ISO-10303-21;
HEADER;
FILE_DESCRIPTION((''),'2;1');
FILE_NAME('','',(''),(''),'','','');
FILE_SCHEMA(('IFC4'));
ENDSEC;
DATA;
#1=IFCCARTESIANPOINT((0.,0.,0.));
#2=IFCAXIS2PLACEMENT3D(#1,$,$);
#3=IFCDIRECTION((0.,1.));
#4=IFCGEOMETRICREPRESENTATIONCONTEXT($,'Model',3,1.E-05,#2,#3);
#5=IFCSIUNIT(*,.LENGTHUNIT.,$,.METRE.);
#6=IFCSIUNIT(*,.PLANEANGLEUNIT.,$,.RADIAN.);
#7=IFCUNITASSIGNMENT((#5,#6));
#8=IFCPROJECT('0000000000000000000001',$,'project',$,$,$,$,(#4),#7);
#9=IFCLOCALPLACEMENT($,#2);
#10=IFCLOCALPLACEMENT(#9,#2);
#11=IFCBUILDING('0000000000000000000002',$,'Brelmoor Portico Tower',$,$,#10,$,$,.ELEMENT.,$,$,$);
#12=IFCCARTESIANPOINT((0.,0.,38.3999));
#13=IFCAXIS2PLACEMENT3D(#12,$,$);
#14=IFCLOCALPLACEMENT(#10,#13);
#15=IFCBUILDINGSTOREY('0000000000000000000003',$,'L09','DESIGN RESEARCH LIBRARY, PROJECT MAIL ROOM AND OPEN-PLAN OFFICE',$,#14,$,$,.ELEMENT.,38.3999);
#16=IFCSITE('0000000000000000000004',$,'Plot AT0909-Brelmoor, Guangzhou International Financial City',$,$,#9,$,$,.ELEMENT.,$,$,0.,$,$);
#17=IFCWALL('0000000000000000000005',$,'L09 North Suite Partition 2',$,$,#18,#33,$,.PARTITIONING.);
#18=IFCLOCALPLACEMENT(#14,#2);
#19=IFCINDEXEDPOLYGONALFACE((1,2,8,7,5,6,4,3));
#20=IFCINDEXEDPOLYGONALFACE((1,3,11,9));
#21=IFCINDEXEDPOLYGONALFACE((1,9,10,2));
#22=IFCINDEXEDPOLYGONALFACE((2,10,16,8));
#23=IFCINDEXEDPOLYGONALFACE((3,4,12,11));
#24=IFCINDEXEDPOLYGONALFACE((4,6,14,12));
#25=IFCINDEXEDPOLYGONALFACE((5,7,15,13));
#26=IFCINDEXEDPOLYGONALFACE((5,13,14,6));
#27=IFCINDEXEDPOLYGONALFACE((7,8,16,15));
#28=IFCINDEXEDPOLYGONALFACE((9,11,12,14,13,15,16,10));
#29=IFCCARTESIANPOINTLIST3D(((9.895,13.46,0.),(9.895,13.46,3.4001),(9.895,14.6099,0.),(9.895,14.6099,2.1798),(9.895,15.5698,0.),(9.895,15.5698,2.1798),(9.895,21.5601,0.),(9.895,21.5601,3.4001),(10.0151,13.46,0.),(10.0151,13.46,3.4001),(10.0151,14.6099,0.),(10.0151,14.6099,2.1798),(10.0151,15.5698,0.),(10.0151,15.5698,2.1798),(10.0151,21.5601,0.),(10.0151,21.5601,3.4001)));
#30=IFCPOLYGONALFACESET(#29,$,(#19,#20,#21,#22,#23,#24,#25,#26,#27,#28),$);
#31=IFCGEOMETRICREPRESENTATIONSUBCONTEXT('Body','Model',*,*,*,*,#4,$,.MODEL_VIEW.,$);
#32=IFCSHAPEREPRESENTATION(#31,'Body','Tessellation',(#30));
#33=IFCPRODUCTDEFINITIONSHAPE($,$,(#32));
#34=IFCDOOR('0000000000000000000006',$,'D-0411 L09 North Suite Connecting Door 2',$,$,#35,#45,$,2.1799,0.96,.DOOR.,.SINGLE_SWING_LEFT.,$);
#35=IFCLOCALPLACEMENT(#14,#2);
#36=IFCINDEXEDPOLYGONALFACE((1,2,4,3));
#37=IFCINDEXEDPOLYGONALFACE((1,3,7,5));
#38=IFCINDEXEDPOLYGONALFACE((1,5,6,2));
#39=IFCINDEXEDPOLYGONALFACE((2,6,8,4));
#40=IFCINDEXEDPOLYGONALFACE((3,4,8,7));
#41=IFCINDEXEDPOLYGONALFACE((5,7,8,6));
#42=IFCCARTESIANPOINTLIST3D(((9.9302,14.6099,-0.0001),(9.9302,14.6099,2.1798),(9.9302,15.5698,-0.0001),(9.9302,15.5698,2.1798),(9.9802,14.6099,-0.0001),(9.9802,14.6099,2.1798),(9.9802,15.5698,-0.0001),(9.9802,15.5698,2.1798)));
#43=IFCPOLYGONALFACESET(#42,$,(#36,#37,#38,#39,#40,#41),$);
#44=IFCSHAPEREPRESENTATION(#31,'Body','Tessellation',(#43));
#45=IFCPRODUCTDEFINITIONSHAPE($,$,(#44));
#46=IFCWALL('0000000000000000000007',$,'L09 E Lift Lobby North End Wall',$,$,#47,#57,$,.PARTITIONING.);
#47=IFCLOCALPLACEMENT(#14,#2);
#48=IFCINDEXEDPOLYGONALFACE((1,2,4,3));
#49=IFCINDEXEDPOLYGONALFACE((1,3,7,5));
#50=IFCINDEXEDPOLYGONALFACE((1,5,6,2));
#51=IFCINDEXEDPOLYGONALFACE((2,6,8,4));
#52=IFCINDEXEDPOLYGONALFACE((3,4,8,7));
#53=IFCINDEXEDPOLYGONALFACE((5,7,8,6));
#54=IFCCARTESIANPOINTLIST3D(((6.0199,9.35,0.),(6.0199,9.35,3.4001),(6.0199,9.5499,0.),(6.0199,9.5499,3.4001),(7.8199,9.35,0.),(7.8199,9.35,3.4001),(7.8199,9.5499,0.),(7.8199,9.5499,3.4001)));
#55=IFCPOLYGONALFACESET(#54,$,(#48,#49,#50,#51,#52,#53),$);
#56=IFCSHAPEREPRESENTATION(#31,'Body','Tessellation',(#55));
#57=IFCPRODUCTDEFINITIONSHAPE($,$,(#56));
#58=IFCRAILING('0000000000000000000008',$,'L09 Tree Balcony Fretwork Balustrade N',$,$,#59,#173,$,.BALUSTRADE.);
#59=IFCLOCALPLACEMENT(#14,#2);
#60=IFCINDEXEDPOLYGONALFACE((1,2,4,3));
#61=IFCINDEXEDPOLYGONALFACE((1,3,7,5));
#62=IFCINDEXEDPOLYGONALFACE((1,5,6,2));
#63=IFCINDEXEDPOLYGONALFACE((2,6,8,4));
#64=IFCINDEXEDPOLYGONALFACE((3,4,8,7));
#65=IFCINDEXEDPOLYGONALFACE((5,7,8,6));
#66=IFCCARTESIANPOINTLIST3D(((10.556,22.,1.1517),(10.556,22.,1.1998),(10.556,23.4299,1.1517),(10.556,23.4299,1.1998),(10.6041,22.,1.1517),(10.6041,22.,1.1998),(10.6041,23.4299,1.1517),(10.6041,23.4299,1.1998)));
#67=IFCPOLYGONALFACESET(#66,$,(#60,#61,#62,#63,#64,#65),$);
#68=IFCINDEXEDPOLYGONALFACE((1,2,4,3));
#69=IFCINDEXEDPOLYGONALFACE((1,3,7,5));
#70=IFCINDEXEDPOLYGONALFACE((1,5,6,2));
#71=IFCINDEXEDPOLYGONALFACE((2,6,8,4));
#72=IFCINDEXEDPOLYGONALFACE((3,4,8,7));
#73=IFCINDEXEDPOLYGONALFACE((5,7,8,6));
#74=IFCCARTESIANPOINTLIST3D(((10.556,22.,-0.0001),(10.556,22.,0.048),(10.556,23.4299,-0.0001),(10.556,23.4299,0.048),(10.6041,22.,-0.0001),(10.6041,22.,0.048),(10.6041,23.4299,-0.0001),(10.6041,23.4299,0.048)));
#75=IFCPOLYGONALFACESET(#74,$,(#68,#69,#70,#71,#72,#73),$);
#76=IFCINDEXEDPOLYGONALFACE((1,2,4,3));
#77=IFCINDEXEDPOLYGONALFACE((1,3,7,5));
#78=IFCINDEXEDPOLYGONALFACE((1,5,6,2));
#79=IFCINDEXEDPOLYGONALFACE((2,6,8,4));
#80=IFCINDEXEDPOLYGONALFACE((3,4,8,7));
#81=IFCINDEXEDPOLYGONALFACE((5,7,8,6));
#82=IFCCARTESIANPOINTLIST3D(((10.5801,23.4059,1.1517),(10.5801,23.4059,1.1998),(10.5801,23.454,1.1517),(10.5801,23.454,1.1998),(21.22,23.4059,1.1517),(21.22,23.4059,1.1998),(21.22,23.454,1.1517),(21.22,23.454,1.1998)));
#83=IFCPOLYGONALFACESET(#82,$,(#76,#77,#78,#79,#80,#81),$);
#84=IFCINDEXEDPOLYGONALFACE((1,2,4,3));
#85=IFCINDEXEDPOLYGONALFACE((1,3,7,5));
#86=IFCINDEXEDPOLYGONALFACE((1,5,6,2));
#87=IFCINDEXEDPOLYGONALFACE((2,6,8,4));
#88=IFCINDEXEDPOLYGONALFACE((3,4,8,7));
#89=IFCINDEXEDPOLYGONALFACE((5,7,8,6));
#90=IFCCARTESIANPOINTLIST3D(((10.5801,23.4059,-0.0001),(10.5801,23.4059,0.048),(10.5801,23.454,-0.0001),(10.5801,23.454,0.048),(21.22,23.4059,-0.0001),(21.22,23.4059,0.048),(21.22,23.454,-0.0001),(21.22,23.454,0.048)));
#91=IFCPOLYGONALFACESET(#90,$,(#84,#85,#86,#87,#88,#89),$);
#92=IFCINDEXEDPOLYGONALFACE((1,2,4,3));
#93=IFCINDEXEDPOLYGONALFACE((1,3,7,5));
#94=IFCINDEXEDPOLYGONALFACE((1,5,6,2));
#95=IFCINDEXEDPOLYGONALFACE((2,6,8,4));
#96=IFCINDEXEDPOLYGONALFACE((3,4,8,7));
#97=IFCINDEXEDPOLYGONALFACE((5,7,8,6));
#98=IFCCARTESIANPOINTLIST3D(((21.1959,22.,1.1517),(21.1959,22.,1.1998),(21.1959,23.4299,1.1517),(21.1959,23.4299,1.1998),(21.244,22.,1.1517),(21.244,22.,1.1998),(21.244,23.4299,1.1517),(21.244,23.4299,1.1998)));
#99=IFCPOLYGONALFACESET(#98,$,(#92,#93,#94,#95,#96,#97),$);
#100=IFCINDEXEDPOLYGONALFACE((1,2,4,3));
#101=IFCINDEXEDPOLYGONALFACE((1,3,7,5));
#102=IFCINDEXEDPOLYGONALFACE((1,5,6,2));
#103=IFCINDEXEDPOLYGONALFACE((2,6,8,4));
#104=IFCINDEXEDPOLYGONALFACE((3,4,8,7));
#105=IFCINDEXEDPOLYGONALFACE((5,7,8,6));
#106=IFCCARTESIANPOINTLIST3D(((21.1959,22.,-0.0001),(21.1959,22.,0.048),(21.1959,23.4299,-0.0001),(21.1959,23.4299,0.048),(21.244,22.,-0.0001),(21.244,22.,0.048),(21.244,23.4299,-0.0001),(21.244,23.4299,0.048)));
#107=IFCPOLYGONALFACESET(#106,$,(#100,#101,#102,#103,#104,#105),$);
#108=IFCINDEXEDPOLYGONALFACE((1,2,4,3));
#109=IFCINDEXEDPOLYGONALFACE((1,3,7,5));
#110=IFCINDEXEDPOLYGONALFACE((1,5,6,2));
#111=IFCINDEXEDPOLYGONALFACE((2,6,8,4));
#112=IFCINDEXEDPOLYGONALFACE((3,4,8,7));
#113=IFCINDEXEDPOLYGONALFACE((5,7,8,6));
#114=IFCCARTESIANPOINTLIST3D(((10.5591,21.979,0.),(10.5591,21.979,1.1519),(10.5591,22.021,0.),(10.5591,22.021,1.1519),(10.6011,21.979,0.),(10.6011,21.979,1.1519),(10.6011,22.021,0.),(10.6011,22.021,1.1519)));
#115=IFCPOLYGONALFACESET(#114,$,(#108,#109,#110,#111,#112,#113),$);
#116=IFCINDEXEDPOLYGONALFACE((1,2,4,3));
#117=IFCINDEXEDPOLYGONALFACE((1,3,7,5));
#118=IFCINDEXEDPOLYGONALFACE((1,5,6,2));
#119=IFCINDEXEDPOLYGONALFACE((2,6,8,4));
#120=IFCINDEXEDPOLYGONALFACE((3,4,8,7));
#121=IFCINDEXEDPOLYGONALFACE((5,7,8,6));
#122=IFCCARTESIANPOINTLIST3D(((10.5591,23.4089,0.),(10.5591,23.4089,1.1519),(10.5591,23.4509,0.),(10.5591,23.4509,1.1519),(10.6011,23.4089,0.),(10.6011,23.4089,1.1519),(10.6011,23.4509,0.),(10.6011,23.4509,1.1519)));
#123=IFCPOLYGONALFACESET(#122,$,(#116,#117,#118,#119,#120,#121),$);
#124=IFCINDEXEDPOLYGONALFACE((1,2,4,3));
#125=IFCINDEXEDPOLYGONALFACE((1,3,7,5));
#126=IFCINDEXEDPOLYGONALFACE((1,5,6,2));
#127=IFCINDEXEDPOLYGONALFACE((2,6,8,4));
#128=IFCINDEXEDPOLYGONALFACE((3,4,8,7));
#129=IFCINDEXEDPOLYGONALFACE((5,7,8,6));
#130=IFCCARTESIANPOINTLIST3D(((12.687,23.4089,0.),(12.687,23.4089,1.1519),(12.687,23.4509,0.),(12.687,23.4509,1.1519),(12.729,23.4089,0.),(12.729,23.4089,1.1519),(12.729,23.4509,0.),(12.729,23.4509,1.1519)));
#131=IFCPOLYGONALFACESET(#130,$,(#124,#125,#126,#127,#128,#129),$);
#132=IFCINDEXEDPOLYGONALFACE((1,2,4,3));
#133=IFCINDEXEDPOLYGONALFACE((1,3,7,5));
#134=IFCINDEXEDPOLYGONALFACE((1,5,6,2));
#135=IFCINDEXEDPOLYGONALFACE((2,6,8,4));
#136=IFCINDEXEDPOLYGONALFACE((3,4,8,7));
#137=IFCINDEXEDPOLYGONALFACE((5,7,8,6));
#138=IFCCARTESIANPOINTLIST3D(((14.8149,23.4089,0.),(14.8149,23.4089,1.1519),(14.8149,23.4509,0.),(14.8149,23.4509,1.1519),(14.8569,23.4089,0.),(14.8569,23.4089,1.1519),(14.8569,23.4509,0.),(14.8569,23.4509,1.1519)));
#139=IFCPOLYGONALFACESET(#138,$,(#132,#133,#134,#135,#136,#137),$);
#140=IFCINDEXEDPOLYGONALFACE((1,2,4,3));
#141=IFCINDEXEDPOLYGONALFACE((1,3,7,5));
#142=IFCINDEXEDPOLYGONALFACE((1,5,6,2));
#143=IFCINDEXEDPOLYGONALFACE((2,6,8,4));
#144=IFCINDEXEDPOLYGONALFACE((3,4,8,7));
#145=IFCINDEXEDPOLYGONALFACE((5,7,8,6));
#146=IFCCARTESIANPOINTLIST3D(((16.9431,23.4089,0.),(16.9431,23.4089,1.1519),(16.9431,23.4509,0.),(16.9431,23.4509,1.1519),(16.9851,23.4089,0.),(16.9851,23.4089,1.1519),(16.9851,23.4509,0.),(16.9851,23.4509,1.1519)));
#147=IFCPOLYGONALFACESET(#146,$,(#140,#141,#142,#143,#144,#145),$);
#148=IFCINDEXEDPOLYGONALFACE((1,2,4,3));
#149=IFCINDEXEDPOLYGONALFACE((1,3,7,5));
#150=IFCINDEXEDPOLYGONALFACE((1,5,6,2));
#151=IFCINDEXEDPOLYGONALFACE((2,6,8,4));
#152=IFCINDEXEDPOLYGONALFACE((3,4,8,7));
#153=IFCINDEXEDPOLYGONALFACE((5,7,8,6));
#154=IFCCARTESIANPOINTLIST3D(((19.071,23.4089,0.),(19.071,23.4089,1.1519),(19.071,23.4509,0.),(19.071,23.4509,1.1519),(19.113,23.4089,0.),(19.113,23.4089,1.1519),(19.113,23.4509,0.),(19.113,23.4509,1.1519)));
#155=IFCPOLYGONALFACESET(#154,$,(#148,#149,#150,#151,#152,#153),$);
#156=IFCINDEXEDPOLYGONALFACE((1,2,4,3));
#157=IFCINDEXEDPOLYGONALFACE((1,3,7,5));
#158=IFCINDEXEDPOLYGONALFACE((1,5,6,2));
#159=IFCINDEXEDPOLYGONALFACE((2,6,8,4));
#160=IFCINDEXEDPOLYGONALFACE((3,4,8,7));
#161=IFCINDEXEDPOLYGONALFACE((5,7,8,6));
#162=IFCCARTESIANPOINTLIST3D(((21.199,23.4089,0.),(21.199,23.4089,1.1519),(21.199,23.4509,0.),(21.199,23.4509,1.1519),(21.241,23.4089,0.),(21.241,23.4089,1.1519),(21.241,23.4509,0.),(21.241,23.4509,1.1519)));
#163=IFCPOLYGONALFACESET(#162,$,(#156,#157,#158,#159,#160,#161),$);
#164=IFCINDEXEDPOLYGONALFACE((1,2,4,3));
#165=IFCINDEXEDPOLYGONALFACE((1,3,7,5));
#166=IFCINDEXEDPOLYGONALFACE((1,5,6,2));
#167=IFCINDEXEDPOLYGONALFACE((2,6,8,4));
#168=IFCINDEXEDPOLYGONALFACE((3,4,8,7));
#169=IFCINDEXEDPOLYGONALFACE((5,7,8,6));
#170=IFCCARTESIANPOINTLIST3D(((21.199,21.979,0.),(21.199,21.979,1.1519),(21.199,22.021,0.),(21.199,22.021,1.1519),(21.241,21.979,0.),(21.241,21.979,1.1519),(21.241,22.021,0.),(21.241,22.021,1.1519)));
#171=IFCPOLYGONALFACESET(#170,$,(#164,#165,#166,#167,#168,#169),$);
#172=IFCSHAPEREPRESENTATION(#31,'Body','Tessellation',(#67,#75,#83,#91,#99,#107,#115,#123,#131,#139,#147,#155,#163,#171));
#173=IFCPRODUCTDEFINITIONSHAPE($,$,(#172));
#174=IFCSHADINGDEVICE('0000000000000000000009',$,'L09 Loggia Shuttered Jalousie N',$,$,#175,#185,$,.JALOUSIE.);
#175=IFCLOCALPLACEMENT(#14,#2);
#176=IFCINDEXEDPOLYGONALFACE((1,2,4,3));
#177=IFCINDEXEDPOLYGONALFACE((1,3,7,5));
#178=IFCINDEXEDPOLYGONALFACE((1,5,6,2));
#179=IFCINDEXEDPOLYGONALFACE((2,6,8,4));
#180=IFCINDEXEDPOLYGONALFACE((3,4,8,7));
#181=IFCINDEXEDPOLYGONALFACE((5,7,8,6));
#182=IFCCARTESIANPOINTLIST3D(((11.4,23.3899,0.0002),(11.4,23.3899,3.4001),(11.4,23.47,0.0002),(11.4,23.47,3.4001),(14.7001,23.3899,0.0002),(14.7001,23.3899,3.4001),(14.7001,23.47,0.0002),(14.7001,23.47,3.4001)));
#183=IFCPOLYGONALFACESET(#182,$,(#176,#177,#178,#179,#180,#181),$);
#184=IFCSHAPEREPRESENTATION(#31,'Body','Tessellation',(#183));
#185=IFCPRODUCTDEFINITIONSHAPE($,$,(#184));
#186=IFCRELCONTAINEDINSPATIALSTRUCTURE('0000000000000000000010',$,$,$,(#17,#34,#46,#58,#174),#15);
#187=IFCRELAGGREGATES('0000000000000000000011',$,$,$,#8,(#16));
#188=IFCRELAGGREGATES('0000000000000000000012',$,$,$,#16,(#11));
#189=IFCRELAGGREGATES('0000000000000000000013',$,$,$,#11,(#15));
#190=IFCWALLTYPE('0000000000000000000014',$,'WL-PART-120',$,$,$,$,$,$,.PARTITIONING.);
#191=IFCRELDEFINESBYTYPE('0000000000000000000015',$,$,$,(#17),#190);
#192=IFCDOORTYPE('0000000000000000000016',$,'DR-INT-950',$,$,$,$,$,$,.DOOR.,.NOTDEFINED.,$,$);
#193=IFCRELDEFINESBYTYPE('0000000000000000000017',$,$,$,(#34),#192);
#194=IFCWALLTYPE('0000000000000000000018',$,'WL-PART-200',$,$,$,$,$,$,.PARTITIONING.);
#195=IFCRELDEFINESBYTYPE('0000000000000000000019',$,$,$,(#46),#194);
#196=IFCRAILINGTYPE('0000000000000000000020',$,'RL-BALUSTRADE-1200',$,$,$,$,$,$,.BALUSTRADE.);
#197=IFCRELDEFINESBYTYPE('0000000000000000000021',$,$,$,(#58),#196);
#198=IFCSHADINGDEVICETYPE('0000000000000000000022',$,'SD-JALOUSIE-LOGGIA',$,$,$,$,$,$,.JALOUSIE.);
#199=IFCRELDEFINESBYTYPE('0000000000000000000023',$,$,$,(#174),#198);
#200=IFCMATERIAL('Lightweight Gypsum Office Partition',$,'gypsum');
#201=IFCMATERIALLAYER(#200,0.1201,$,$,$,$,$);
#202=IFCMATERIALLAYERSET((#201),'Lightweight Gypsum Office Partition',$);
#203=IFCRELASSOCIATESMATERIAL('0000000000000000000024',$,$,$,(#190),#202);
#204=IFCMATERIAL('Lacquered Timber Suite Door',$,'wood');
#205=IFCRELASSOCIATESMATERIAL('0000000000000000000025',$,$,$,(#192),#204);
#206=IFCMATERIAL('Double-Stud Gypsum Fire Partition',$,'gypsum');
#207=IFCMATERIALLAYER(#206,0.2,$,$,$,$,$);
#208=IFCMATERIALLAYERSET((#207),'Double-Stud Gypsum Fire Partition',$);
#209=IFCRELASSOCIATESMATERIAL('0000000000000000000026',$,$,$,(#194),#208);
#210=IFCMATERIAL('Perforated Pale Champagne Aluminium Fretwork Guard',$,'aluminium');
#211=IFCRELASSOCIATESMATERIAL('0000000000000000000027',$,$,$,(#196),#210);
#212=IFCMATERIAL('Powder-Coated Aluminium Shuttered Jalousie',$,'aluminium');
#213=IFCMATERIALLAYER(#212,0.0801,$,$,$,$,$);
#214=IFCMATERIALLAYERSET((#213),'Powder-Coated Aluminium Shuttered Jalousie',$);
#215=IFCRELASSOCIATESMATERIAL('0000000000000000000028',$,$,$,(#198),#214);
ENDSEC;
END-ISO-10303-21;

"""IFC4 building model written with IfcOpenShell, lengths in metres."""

from ifc_helpers import new_model, si_unit, direction, frame, frame_2d, origin, origin_2d, place, context, subcontext, project, spatial, rectangle, extrude, material, layer, layer_set, type_object, element, fill, save


model = new_model("IFC4")

# Units and contexts
model_context = context("Model", 3, precision=1e-05, world=origin(), true_north=direction((0.0, 1.0)))
body_context = subcontext(model_context, "Body", "Model", "MODEL_VIEW")
ifc_project = project(units=[si_unit("LENGTHUNIT", "METRE"), si_unit("PLANEANGLEUNIT", "RADIAN")], contexts=[model_context])

# Site, building, storey
site_placement = place(None, origin())
site = spatial("IfcSite", under=ifc_project, at=site_placement, Name="Plot AT0909-Brelmoor, Guangzhou International Financial City", CompositionType="ELEMENT", RefElevation=0.0)
building_placement = place(site_placement, origin())
building = spatial("IfcBuilding", under=site, at=building_placement, Name="Brelmoor Portico Tower", CompositionType="ELEMENT")
storey_placement = place(building_placement, frame((0.0, 0.0, 38.3999)))
storey = spatial("IfcBuildingStorey", under=building, at=storey_placement, Name="L09", Description="DESIGN RESEARCH LIBRARY, PROJECT MAIL ROOM AND OPEN-PLAN OFFICE", CompositionType="ELEMENT", Elevation=38.3999)

# Wall, opening, door
ifc_material_1 = material(Name="Lightweight Gypsum Office Partition", Category="gypsum")
ifc_layer_1 = layer(ifc_material_1, 0.1201)
ifc_layer_set_1 = layer_set([ifc_layer_1], Name="Lightweight Gypsum Office Partition")
wall_type_1 = type_object("IfcWallType", Name="WL-PART-120", PredefinedType="PARTITIONING", material=ifc_layer_set_1)
wall_1_placement = place(storey_placement, frame((9.9551, 13.46, 0.0), z_axis=(0.0, 0.0, 1.0), x_axis=(0.0, 1.0, 0.0)))
wall_1 = element("IfcWall", 1, at=wall_1_placement, inside=storey, type_object=wall_type_1, Name="L09 North Suite Partition 2", PredefinedType="PARTITIONING", context=body_context, shape_type="SweptSolid", body=[
    extrude(rectangle(XDim=8.1001, YDim=0.1201, at=frame_2d((4.05, 0.0))), origin(), (0.0, 0.0, 1.0), 3.4001),
])
opening_1_placement = place(wall_1_placement, frame((1.1499, 0.0, 0.0)))
opening_1 = element("IfcOpeningElement", 2, at=opening_1_placement, cuts=wall_1, PredefinedType="OPENING", context=body_context, shape_type="SweptSolid", body=[
    extrude(rectangle(XDim=0.96, YDim=2.1799, at=frame_2d((0.48, 1.0898))), frame((0.0, 0.0701, 0.0), z_axis=(0.0, -1.0, 0.0), x_axis=(1.0, 0.0, 0.0)), (0.0, 0.0, 1.0), 0.1401),
])
ifc_material_2 = material(Name="Lacquered Timber Suite Door", Category="wood")
door_type = type_object("IfcDoorType", Name="DR-INT-950", OperationType="NOTDEFINED", PredefinedType="DOOR", material=ifc_material_2)
door_placement = place(opening_1_placement, origin())
door = element("IfcDoor", 3, at=door_placement, inside=storey, type_object=door_type, Name="D-0411 L09 North Suite Connecting Door 2", OperationType="SINGLE_SWING_LEFT", OverallHeight=2.1799, OverallWidth=0.96, PredefinedType="DOOR", context=body_context, shape_type="SweptSolid", body=[
    extrude(rectangle(XDim=0.96, YDim=2.1799, at=frame_2d((0.48, 1.0898))), frame((0.0, 0.0249, 0.0), z_axis=(0.0, -1.0, 0.0), x_axis=(1.0, 0.0, 0.0)), (0.0, 0.0, 1.0), 0.05),
])
fill(opening_1, door)

# Wall
ifc_material_3 = material(Name="Double-Stud Gypsum Fire Partition", Category="gypsum")
ifc_layer_2 = layer(ifc_material_3, 0.2)
ifc_layer_set_2 = layer_set([ifc_layer_2], Name="Double-Stud Gypsum Fire Partition")
wall_type_2 = type_object("IfcWallType", Name="WL-PART-200", PredefinedType="PARTITIONING", material=ifc_layer_set_2)
wall_2_placement = place(storey_placement, frame((6.02, 9.45, 0.0), z_axis=(0.0, 0.0, 1.0), x_axis=(1.0, 0.0, 0.0)))
element("IfcWall", 4, at=wall_2_placement, inside=storey, type_object=wall_type_2, Name="L09 E Lift Lobby North End Wall", PredefinedType="PARTITIONING", context=body_context, shape_type="SweptSolid", body=[
    extrude(rectangle(XDim=1.8, YDim=0.2, at=frame_2d((0.8999, 0.0))), origin(), (0.0, 0.0, 1.0), 3.4001),
])

# Railing
ifc_material_4 = material(Name="Perforated Pale Champagne Aluminium Fretwork Guard", Category="aluminium")
railing_type = type_object("IfcRailingType", Name="RL-BALUSTRADE-1200", PredefinedType="BALUSTRADE", material=ifc_material_4)
railing_placement = place(storey_placement, frame((10.5801, 22.0, 0.0)))
element("IfcRailing", 5, at=railing_placement, inside=storey, type_object=railing_type, Name="L09 Tree Balcony Fretwork Balustrade N", PredefinedType="BALUSTRADE", context=body_context, shape_type="SweptSolid", body=[
    extrude(rectangle(XDim=0.0481, YDim=0.0481, at=origin_2d()), frame((0.0, 0.0, 1.1758), z_axis=(0.0, 1.0, 0.0), x_axis=(-1.0, 0.0, 0.0)), (0.0, 0.0, 1.0), 1.4299),
    extrude(rectangle(XDim=0.0481, YDim=0.0481, at=origin_2d()), frame((0.0, 0.0, 0.0239), z_axis=(0.0, 1.0, 0.0), x_axis=(-1.0, 0.0, 0.0)), (0.0, 0.0, 1.0), 1.4299),
    extrude(rectangle(XDim=0.0481, YDim=0.0481, at=origin_2d()), frame((0.0, 1.4299, 1.1758), z_axis=(1.0, 0.0, 0.0), x_axis=(0.0, 1.0, 0.0)), (0.0, 0.0, 1.0), 10.6399),
    extrude(rectangle(XDim=0.0481, YDim=0.0481, at=origin_2d()), frame((0.0, 1.4299, 0.0239), z_axis=(1.0, 0.0, 0.0), x_axis=(0.0, 1.0, 0.0)), (0.0, 0.0, 1.0), 10.6399),
    extrude(rectangle(XDim=0.0481, YDim=0.0481, at=origin_2d()), frame((10.6399, 1.4299, 1.1758), z_axis=(0.0, -1.0, 0.0), x_axis=(1.0, 0.0, 0.0)), (0.0, 0.0, 1.0), 1.4299),
    extrude(rectangle(XDim=0.0481, YDim=0.0481, at=origin_2d()), frame((10.6399, 1.4299, 0.0239), z_axis=(0.0, -1.0, 0.0), x_axis=(1.0, 0.0, 0.0)), (0.0, 0.0, 1.0), 1.4299),
    extrude(rectangle(XDim=0.042, YDim=0.042, at=origin_2d()), origin(), (0.0, 0.0, 1.0), 1.1519),
    extrude(rectangle(XDim=0.042, YDim=0.042, at=origin_2d()), frame((0.0, 1.4299, 0.0)), (0.0, 0.0, 1.0), 1.1519),
    extrude(rectangle(XDim=0.042, YDim=0.042, at=origin_2d()), frame((2.1279, 1.4299, 0.0)), (0.0, 0.0, 1.0), 1.1519),
    extrude(rectangle(XDim=0.042, YDim=0.042, at=origin_2d()), frame((4.2559, 1.4299, 0.0)), (0.0, 0.0, 1.0), 1.1519),
    extrude(rectangle(XDim=0.042, YDim=0.042, at=origin_2d()), frame((6.384, 1.4299, 0.0)), (0.0, 0.0, 1.0), 1.1519),
    extrude(rectangle(XDim=0.042, YDim=0.042, at=origin_2d()), frame((8.512, 1.4299, 0.0)), (0.0, 0.0, 1.0), 1.1519),
    extrude(rectangle(XDim=0.042, YDim=0.042, at=origin_2d()), frame((10.6399, 1.4299, 0.0)), (0.0, 0.0, 1.0), 1.1519),
    extrude(rectangle(XDim=0.042, YDim=0.042, at=origin_2d()), frame((10.6399, 0.0, 0.0)), (0.0, 0.0, 1.0), 1.1519),
])

# Shading device
ifc_material_5 = material(Name="Powder-Coated Aluminium Shuttered Jalousie", Category="aluminium")
ifc_layer_3 = layer(ifc_material_5, 0.0801)
ifc_layer_set_3 = layer_set([ifc_layer_3], Name="Powder-Coated Aluminium Shuttered Jalousie")
shading_device_type = type_object("IfcShadingDeviceType", Name="SD-JALOUSIE-LOGGIA", PredefinedType="JALOUSIE", material=ifc_layer_set_3)
shading_device_placement = place(storey_placement, frame((13.05, 23.4299, 0.0002), z_axis=(0.0, 0.0, 1.0), x_axis=(1.0, 0.0, 0.0)))
element("IfcShadingDevice", 6, at=shading_device_placement, inside=storey, type_object=shading_device_type, Name="L09 Loggia Shuttered Jalousie N", PredefinedType="JALOUSIE", context=body_context, shape_type="SweptSolid", body=[
    extrude(rectangle(XDim=3.3, YDim=0.0801, at=origin_2d()), origin(), (0.0, 0.0, 1.0), 3.3999),
])

save(model, "model.ifc")
